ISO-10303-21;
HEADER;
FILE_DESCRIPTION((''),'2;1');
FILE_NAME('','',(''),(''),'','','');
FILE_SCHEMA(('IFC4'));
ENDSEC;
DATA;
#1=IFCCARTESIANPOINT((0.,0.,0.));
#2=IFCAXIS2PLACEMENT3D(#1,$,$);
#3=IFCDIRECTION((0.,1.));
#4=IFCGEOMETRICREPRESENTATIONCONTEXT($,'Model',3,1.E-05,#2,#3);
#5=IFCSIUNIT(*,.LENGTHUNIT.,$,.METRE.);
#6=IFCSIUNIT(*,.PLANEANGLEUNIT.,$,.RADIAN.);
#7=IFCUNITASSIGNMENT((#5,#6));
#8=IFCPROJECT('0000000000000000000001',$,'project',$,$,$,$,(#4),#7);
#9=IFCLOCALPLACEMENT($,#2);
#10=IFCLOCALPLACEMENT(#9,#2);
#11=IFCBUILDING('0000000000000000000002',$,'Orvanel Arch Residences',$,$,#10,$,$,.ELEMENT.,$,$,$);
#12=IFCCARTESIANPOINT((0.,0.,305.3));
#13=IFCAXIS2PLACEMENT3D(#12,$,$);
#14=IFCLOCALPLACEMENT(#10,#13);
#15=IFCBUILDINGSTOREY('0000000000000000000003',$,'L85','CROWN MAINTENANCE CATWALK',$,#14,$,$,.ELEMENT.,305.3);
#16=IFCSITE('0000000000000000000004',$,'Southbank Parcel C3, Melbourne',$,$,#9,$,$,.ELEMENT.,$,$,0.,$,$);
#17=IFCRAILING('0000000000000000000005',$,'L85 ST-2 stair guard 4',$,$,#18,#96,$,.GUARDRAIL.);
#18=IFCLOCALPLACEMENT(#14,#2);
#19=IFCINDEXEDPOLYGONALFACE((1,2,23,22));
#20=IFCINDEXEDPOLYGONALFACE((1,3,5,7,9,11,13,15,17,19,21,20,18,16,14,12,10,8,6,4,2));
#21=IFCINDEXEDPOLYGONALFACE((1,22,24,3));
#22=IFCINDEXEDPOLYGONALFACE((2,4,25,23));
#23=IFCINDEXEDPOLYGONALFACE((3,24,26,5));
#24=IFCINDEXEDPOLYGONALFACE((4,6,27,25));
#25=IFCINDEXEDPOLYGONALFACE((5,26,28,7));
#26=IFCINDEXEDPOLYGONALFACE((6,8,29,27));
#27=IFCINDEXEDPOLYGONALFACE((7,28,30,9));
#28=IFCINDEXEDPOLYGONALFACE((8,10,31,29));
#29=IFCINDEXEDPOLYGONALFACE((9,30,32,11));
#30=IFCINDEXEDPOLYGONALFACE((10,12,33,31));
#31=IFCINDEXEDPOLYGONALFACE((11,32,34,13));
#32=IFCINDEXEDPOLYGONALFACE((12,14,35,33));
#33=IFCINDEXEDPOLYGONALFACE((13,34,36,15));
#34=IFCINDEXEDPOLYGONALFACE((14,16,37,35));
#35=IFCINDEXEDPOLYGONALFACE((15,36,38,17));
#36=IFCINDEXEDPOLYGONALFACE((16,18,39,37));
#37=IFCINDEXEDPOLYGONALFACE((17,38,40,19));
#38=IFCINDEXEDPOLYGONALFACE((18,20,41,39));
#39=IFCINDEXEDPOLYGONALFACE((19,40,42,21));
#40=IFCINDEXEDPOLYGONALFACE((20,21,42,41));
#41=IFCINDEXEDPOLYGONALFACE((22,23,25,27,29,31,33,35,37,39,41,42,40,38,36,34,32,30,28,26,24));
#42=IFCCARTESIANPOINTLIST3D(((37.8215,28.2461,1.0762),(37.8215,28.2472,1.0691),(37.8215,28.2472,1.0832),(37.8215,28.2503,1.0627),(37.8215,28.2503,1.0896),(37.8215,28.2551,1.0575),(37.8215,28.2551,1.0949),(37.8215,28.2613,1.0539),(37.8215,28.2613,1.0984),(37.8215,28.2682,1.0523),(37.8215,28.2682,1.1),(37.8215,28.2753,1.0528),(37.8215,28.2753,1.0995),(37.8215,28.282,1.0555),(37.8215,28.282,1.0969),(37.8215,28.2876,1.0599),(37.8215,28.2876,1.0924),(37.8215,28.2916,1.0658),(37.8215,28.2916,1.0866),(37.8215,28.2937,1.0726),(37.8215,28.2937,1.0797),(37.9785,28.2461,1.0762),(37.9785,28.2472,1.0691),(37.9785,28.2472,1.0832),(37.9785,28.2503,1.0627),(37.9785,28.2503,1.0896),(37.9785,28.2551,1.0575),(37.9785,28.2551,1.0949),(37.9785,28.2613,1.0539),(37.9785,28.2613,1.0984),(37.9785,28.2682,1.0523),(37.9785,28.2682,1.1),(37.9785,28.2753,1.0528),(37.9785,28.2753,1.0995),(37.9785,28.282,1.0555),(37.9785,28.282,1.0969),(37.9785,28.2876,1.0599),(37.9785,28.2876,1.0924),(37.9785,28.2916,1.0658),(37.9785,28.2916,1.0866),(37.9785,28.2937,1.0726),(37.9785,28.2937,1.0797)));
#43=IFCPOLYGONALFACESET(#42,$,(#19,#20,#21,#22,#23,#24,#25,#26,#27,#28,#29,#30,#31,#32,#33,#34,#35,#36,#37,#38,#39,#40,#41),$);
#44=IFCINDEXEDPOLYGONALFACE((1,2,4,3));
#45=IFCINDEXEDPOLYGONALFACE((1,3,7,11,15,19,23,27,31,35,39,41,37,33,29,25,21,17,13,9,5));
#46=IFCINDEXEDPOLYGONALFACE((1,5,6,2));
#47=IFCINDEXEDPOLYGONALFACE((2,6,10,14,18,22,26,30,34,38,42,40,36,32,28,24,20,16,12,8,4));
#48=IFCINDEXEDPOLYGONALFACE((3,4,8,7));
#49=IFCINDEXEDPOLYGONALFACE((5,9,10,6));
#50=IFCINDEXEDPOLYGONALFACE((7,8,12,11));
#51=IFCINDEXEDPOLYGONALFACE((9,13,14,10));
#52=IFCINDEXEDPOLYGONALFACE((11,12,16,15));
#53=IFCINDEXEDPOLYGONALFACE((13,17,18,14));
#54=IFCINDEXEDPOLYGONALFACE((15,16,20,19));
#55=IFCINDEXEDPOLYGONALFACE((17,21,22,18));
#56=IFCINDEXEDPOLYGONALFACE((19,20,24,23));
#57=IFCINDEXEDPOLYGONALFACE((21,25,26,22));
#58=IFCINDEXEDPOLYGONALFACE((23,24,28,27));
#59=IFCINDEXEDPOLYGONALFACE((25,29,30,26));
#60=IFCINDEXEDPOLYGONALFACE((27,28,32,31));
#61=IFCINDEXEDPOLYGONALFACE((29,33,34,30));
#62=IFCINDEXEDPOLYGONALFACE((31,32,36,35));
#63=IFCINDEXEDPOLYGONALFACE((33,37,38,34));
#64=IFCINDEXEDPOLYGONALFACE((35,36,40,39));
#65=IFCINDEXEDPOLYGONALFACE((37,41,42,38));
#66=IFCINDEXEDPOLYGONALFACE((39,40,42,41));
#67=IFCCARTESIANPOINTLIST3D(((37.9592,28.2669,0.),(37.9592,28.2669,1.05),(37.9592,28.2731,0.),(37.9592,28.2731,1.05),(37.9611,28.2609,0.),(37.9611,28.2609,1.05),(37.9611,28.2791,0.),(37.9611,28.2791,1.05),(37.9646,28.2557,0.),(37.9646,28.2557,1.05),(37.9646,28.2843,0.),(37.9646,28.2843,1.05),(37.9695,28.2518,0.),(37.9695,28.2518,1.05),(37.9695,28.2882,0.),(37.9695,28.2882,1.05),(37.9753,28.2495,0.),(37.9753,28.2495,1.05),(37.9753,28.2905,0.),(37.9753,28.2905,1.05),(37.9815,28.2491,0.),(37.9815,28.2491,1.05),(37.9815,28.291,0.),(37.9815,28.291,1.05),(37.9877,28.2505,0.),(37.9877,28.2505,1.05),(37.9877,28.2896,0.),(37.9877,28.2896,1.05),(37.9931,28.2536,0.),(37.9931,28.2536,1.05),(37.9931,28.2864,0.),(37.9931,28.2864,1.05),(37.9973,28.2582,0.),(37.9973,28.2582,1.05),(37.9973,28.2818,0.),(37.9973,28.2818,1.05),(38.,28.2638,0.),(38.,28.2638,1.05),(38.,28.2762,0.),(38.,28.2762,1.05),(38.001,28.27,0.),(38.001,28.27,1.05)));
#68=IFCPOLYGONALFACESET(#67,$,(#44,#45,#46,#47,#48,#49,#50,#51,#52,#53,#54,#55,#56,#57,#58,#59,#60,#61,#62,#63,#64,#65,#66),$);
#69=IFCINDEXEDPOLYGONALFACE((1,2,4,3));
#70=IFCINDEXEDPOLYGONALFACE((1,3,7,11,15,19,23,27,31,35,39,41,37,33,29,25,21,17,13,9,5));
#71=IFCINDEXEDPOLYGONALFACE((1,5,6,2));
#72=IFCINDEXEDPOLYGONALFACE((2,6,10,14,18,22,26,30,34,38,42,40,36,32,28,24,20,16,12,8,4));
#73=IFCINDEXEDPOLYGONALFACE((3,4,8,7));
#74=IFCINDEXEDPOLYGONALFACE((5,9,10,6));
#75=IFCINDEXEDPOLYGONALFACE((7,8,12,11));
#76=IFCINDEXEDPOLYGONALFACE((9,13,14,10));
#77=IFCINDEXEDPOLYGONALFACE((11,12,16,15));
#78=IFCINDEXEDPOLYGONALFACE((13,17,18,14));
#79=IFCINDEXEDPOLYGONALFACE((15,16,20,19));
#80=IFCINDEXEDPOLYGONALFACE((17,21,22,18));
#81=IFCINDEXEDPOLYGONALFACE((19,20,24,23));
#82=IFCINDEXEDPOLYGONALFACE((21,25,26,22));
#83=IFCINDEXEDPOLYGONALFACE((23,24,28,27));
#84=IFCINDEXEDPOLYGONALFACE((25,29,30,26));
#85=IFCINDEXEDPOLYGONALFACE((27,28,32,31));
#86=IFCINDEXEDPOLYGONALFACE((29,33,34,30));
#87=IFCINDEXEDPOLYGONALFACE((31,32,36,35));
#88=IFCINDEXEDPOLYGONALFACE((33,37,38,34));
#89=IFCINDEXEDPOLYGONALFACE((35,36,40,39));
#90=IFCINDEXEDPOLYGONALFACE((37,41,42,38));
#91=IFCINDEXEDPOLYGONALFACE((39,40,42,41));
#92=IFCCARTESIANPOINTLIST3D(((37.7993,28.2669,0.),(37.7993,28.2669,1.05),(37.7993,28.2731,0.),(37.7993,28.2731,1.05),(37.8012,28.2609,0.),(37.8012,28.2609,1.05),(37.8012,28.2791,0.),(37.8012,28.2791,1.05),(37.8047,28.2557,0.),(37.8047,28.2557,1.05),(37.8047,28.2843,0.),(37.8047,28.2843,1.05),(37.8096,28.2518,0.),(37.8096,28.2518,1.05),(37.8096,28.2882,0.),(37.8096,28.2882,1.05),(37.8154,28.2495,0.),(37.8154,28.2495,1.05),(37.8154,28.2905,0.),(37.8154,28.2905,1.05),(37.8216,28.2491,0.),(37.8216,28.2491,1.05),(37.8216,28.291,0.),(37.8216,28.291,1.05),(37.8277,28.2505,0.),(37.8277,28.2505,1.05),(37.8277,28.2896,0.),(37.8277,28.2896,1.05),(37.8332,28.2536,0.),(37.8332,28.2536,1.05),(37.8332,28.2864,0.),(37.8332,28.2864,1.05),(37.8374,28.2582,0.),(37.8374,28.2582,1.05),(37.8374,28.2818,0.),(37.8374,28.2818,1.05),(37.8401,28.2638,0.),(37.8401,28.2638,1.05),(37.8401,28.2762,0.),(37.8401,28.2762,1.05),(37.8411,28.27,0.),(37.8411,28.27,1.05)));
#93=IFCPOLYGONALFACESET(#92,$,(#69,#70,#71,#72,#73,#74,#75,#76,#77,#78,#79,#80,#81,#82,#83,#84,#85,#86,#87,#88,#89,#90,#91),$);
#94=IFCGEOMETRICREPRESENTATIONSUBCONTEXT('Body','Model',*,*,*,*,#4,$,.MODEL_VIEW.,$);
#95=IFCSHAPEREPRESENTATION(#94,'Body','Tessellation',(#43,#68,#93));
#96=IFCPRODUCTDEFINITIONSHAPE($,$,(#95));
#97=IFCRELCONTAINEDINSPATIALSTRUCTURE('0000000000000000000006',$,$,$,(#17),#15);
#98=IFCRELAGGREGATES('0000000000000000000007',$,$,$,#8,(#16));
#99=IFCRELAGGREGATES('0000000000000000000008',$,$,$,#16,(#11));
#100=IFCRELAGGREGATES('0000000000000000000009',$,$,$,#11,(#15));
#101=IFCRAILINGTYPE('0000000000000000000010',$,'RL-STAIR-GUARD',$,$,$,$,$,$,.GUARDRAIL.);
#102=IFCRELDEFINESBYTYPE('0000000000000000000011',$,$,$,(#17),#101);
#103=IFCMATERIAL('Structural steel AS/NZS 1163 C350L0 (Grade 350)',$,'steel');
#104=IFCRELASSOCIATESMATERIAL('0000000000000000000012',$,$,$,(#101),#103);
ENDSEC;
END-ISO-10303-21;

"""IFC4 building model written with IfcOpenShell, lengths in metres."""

from ifc_helpers import new_model, si_unit, direction, frame, origin, origin_2d, place, context, subcontext, project, spatial, circle, extrude, material, type_object, element, save


model = new_model("IFC4")

# Units and contexts
model_context = context("Model", 3, precision=1e-05, world=origin(), true_north=direction((0.0, 1.0)))
body_context = subcontext(model_context, "Body", "Model", "MODEL_VIEW")
ifc_project = project(units=[si_unit("LENGTHUNIT", "METRE"), si_unit("PLANEANGLEUNIT", "RADIAN")], contexts=[model_context])

# Site, building, storey
site_placement = place(None, origin())
site = spatial("IfcSite", under=ifc_project, at=site_placement, Name="Southbank Parcel C3, Melbourne", CompositionType="ELEMENT", RefElevation=0.0)
building_placement = place(site_placement, origin())
building = spatial("IfcBuilding", under=site, at=building_placement, Name="Orvanel Arch Residences", CompositionType="ELEMENT")
storey_placement = place(building_placement, frame((0.0, 0.0, 305.3)))
storey = spatial("IfcBuildingStorey", under=building, at=storey_placement, Name="L85", Description="CROWN MAINTENANCE CATWALK", CompositionType="ELEMENT", Elevation=305.3)

# Shared definitions
ifc_material_1 = material(Name="Structural steel AS/NZS 1163 C350L0 (Grade 350)", Category="steel")

# Railing
railing_type_1 = type_object("IfcRailingType", Name="RL-STAIR-GUARD", PredefinedType="GUARDRAIL", material=ifc_material_1)
railing_1_placement = place(storey_placement, frame((37.98, 28.27, 0.0)))
element("IfcRailing", 1, at=railing_1_placement, inside=storey, type_object=railing_type_1, Name="L85 ST-2 stair guard 4", PredefinedType="GUARDRAIL", context=body_context, shape_type="SweptSolid", body=[
    extrude(circle(Radius=0.0239, at=origin_2d()), frame((-0.0015, 0.0, 1.0762), z_axis=(-1.0, 0.0, 0.0), x_axis=(0.0, -1.0, 0.0)), (0.0, 0.0, 1.0), 0.157),
    extrude(circle(Radius=0.021, at=origin_2d()), origin(), (0.0, 0.0, 1.0), 1.05),
    extrude(circle(Radius=0.021, at=origin_2d()), frame((-0.1599, 0.0, 0.0)), (0.0, 0.0, 1.0), 1.05),
])

save(model, "model.ifc")
